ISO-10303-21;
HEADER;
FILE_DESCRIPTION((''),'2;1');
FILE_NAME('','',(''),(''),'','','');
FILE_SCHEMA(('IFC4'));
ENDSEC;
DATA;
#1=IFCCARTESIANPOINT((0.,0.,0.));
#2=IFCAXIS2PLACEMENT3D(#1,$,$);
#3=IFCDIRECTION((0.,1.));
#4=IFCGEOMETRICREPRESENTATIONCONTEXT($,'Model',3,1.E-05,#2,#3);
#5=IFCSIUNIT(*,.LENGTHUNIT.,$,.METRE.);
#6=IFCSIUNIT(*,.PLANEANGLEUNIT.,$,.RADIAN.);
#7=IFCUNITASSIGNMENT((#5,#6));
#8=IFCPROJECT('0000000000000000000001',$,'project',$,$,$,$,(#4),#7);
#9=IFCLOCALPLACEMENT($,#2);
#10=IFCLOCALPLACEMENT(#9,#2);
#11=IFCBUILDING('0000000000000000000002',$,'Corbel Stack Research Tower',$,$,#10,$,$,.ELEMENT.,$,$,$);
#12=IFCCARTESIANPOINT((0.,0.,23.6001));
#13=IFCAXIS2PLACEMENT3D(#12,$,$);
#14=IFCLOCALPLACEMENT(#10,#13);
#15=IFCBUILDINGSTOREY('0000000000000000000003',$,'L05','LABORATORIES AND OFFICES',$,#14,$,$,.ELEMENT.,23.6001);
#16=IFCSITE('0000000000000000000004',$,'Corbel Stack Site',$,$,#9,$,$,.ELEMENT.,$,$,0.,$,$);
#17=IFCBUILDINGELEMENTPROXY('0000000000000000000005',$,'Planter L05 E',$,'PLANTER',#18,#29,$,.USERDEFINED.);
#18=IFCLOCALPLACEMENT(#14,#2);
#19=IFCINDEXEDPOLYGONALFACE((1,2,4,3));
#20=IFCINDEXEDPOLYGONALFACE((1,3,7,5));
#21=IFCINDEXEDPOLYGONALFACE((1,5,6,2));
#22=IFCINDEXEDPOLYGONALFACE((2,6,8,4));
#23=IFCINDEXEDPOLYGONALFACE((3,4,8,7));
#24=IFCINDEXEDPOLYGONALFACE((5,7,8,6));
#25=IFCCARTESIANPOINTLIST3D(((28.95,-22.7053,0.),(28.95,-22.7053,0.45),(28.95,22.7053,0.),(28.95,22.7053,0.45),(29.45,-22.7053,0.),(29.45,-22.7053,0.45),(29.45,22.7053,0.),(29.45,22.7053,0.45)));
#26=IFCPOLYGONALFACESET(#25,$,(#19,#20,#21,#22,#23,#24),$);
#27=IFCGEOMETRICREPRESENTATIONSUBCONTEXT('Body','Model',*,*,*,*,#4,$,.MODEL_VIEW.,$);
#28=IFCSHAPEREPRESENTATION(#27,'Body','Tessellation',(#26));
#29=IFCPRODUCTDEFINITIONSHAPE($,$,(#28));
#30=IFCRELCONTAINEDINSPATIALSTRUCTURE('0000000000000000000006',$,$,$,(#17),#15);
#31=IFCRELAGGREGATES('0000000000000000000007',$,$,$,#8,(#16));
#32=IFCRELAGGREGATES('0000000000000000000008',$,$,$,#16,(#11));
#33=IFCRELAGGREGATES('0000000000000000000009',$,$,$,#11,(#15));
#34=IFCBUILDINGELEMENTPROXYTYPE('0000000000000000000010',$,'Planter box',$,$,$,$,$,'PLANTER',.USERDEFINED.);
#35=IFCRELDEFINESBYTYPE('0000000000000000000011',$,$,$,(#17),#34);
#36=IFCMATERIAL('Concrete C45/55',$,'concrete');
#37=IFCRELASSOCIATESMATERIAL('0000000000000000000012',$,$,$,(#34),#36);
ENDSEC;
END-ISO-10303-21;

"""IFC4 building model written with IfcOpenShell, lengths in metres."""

from ifc_helpers import new_model, si_unit, direction, frame, origin, origin_2d, place, context, subcontext, project, spatial, rectangle, extrude, material, type_object, element, save


model = new_model("IFC4")

# Units and contexts
model_context = context("Model", 3, precision=1e-05, world=origin(), true_north=direction((0.0, 1.0)))
body_context = subcontext(model_context, "Body", "Model", "MODEL_VIEW")
ifc_project = project(units=[si_unit("LENGTHUNIT", "METRE"), si_unit("PLANEANGLEUNIT", "RADIAN")], contexts=[model_context])

# Site, building, storey
site_placement = place(None, origin())
site = spatial("IfcSite", under=ifc_project, at=site_placement, Name="Corbel Stack Site", CompositionType="ELEMENT", RefElevation=0.0)
building_placement = place(site_placement, origin())
building = spatial("IfcBuilding", under=site, at=building_placement, Name="Corbel Stack Research Tower", CompositionType="ELEMENT")
storey_placement = place(building_placement, frame((0.0, 0.0, 23.6001)))
storey = spatial("IfcBuildingStorey", under=building, at=storey_placement, Name="L05", Description="LABORATORIES AND OFFICES", CompositionType="ELEMENT", Elevation=23.6001)

# Building element proxy
ifc_material_1 = material(Name="Concrete C45/55", Category="concrete")
building_element_proxy_type = type_object("IfcBuildingElementProxyType", Name="Planter box", ElementType="PLANTER", PredefinedType="USERDEFINED", material=ifc_material_1)
proxy_placement = place(storey_placement, frame((29.2, 0.0, 0.0), z_axis=(0.0, 0.0, 1.0), x_axis=(0.0, 1.0, 0.0)))
element("IfcBuildingElementProxy", 1, at=proxy_placement, inside=storey, type_object=building_element_proxy_type, Name="Planter L05 E", ObjectType="PLANTER", PredefinedType="USERDEFINED", context=body_context, shape_type="SweptSolid", body=[
    extrude(rectangle(XDim=45.4106, YDim=0.5, at=origin_2d()), origin(), (0.0, 0.0, 1.0), 0.45),
])

save(model, "model.ifc")
